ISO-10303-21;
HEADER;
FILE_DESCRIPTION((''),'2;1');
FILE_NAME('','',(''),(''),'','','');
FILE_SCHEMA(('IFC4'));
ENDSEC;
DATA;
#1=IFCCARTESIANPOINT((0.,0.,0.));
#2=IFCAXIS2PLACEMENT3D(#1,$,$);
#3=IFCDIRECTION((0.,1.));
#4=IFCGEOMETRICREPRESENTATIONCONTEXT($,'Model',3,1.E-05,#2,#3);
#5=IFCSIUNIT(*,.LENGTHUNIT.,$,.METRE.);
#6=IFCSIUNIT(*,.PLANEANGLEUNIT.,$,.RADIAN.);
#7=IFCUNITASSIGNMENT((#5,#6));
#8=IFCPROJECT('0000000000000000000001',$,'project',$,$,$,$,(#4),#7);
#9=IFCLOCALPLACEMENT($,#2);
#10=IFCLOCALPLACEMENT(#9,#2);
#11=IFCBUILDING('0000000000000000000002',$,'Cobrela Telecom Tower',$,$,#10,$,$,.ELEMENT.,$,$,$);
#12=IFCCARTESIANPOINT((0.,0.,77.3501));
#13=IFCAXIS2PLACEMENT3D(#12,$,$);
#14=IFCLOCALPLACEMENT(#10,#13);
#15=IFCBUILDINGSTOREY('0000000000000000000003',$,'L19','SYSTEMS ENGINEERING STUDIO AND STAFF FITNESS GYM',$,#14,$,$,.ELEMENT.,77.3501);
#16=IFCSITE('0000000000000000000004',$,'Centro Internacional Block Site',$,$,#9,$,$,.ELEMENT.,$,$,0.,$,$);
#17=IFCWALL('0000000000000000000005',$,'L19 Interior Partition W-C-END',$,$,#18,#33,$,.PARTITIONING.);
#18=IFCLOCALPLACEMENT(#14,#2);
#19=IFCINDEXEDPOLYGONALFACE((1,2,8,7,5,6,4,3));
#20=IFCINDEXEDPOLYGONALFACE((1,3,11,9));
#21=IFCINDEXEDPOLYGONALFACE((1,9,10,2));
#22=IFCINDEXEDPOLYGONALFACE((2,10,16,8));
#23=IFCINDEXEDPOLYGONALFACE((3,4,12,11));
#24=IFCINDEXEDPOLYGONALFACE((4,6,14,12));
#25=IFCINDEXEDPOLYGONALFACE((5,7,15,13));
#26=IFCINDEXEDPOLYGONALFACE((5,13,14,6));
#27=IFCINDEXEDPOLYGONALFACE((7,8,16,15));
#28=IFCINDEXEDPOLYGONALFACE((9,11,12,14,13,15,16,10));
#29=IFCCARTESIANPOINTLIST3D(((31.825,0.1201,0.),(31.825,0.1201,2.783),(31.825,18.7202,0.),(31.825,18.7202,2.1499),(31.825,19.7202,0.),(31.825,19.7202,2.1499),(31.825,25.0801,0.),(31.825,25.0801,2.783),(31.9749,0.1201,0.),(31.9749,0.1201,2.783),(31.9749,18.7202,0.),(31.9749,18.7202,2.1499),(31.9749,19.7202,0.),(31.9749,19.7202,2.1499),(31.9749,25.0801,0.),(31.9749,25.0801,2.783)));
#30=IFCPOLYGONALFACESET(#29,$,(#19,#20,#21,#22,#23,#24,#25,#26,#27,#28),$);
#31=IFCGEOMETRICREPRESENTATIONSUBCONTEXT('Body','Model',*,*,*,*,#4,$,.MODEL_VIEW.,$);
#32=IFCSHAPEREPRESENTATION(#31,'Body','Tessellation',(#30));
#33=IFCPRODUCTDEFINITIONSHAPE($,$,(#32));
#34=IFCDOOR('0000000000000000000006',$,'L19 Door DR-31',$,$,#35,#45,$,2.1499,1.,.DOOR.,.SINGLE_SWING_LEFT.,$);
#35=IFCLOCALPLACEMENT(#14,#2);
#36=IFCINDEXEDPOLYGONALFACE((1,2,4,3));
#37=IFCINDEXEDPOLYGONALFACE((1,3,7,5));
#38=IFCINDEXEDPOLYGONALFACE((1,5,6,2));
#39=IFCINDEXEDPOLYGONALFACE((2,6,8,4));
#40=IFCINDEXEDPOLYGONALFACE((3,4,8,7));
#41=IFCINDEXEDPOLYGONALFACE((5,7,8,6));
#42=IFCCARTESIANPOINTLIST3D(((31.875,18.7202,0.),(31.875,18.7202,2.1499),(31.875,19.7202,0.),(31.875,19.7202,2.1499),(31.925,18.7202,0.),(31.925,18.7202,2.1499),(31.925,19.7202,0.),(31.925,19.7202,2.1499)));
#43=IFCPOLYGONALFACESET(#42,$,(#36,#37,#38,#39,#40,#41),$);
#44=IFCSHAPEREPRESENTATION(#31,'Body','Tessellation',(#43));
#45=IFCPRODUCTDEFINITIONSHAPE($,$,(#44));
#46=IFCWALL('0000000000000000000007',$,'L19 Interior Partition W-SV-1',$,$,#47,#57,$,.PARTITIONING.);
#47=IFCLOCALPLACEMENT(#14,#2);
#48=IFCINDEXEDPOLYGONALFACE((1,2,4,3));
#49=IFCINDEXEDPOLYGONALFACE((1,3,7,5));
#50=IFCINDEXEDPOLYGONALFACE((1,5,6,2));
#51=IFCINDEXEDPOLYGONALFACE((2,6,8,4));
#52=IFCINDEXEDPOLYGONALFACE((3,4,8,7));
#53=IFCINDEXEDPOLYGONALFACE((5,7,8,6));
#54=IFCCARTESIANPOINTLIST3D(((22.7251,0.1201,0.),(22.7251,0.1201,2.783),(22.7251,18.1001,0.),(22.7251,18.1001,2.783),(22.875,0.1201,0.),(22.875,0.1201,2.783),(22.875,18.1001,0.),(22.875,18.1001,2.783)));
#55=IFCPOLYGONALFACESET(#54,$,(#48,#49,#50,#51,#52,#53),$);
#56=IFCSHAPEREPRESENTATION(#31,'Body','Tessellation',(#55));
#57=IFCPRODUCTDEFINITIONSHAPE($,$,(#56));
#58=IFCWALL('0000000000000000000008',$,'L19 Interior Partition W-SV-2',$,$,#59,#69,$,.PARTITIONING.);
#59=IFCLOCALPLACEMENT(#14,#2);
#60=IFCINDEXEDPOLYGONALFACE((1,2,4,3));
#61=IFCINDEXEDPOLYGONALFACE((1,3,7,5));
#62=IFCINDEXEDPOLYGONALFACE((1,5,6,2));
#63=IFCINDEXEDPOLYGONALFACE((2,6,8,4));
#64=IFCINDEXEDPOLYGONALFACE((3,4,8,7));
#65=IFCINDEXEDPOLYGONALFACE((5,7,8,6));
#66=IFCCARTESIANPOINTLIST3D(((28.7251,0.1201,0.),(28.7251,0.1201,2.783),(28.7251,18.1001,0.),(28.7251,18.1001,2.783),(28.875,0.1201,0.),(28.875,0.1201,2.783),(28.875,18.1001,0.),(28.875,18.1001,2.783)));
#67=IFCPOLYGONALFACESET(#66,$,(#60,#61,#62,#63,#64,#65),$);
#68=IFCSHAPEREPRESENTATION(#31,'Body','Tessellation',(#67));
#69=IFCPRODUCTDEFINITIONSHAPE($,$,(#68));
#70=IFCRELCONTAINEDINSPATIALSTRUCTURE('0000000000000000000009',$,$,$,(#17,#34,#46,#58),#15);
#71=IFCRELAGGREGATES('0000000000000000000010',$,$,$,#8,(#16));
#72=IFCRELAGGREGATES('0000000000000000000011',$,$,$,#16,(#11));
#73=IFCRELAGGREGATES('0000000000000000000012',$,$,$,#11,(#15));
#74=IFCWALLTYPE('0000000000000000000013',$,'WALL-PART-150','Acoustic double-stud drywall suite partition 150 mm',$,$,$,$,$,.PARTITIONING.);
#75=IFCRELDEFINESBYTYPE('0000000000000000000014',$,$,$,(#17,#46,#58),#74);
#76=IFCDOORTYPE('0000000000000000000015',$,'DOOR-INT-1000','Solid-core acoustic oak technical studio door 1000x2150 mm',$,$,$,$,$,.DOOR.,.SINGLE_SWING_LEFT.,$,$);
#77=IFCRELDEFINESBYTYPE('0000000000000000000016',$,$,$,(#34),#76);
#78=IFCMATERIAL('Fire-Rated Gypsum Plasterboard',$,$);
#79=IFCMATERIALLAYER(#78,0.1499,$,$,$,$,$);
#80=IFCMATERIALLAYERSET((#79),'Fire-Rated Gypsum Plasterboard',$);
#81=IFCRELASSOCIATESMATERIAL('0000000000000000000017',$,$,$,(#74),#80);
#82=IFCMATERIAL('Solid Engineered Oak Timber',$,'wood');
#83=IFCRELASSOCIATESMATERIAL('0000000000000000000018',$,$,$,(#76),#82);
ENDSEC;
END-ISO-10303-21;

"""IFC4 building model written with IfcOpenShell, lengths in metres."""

from ifc_helpers import new_model, si_unit, direction, frame, frame_2d, origin, place, context, subcontext, project, spatial, rectangle, extrude, material, layer, layer_set, type_object, element, fill, save


model = new_model("IFC4")

# Units and contexts
model_context = context("Model", 3, precision=1e-05, world=origin(), true_north=direction((0.0, 1.0)))
body_context = subcontext(model_context, "Body", "Model", "MODEL_VIEW")
ifc_project = project(units=[si_unit("LENGTHUNIT", "METRE"), si_unit("PLANEANGLEUNIT", "RADIAN")], contexts=[model_context])

# Site, building, storey
site_placement = place(None, origin())
site = spatial("IfcSite", under=ifc_project, at=site_placement, Name="Centro Internacional Block Site", CompositionType="ELEMENT", RefElevation=0.0)
building_placement = place(site_placement, origin())
building = spatial("IfcBuilding", under=site, at=building_placement, Name="Cobrela Telecom Tower", CompositionType="ELEMENT")
storey_placement = place(building_placement, frame((0.0, 0.0, 77.3501)))
storey = spatial("IfcBuildingStorey", under=building, at=storey_placement, Name="L19", Description="SYSTEMS ENGINEERING STUDIO AND STAFF FITNESS GYM", CompositionType="ELEMENT", Elevation=77.3501)

# Wall, opening, door
ifc_material_1 = material(Name="Fire-Rated Gypsum Plasterboard")
ifc_layer_1 = layer(ifc_material_1, 0.1499)
ifc_layer_set_1 = layer_set([ifc_layer_1], Name="Fire-Rated Gypsum Plasterboard")
wall_type = type_object("IfcWallType", Name="WALL-PART-150", Description="Acoustic double-stud drywall suite partition 150 mm", PredefinedType="PARTITIONING", material=ifc_layer_set_1)
wall_placement = place(storey_placement, frame((31.8999, 0.1201, 0.0), z_axis=(0.0, 0.0, 1.0), x_axis=(0.0, 1.0, 0.0)))
wall = element("IfcWall", 1, at=wall_placement, inside=storey, type_object=wall_type, Name="L19 Interior Partition W-C-END", PredefinedType="PARTITIONING", context=body_context, shape_type="SweptSolid", body=[
    extrude(rectangle(XDim=24.96, YDim=0.1499, at=frame_2d((12.48, 0.0))), origin(), (0.0, 0.0, 1.0), 2.783),
])
opening_placement = place(wall_placement, frame((18.6001, 0.0, 0.0)))
opening = element("IfcOpeningElement", 2, at=opening_placement, cuts=wall, PredefinedType="OPENING", context=body_context, shape_type="SweptSolid", body=[
    extrude(rectangle(XDim=1.0, YDim=2.1499, at=frame_2d((0.5, 1.075))), frame((0.0, 0.0869, 0.0), z_axis=(0.0, -1.0, 0.0), x_axis=(1.0, 0.0, 0.0)), (0.0, 0.0, 1.0), 0.1738),
])
ifc_material_2 = material(Name="Solid Engineered Oak Timber", Category="wood")
door_type = type_object("IfcDoorType", Name="DOOR-INT-1000", Description="Solid-core acoustic oak technical studio door 1000x2150 mm", OperationType="SINGLE_SWING_LEFT", PredefinedType="DOOR", material=ifc_material_2)
door_placement = place(opening_placement, origin())
door = element("IfcDoor", 3, at=door_placement, inside=storey, type_object=door_type, Name="L19 Door DR-31", OperationType="SINGLE_SWING_LEFT", OverallHeight=2.1499, OverallWidth=1.0, PredefinedType="DOOR", context=body_context, shape_type="SweptSolid", body=[
    extrude(rectangle(XDim=1.0, YDim=2.1499, at=frame_2d((0.5, 1.075))), frame((0.0, 0.0249, 0.0), z_axis=(0.0, -1.0, 0.0), x_axis=(1.0, 0.0, 0.0)), (0.0, 0.0, 1.0), 0.05),
])
fill(opening, door)

# Walls
for number, where, z_axis, x_axis, name in (
    (4, (22.8, 0.1201, 0.0), (0.0, 0.0, 1.0), (0.0, 1.0, 0.0), "L19 Interior Partition W-SV-1"),
    (5, (28.8, 0.1201, 0.0), (0.0, 0.0, 1.0), (0.0, 1.0, 0.0), "L19 Interior Partition W-SV-2"),
):
    element("IfcWall", number, at=place(storey_placement, frame(where, z_axis=z_axis, x_axis=x_axis)), inside=storey, type_object=wall_type, Name=name, PredefinedType="PARTITIONING", context=body_context, shape_type="SweptSolid", body=[
        extrude(rectangle(XDim=17.98, YDim=0.1499, at=frame_2d((8.99, 0.0))), origin(), (0.0, 0.0, 1.0), 2.783),
    ])

save(model, "model.ifc")
